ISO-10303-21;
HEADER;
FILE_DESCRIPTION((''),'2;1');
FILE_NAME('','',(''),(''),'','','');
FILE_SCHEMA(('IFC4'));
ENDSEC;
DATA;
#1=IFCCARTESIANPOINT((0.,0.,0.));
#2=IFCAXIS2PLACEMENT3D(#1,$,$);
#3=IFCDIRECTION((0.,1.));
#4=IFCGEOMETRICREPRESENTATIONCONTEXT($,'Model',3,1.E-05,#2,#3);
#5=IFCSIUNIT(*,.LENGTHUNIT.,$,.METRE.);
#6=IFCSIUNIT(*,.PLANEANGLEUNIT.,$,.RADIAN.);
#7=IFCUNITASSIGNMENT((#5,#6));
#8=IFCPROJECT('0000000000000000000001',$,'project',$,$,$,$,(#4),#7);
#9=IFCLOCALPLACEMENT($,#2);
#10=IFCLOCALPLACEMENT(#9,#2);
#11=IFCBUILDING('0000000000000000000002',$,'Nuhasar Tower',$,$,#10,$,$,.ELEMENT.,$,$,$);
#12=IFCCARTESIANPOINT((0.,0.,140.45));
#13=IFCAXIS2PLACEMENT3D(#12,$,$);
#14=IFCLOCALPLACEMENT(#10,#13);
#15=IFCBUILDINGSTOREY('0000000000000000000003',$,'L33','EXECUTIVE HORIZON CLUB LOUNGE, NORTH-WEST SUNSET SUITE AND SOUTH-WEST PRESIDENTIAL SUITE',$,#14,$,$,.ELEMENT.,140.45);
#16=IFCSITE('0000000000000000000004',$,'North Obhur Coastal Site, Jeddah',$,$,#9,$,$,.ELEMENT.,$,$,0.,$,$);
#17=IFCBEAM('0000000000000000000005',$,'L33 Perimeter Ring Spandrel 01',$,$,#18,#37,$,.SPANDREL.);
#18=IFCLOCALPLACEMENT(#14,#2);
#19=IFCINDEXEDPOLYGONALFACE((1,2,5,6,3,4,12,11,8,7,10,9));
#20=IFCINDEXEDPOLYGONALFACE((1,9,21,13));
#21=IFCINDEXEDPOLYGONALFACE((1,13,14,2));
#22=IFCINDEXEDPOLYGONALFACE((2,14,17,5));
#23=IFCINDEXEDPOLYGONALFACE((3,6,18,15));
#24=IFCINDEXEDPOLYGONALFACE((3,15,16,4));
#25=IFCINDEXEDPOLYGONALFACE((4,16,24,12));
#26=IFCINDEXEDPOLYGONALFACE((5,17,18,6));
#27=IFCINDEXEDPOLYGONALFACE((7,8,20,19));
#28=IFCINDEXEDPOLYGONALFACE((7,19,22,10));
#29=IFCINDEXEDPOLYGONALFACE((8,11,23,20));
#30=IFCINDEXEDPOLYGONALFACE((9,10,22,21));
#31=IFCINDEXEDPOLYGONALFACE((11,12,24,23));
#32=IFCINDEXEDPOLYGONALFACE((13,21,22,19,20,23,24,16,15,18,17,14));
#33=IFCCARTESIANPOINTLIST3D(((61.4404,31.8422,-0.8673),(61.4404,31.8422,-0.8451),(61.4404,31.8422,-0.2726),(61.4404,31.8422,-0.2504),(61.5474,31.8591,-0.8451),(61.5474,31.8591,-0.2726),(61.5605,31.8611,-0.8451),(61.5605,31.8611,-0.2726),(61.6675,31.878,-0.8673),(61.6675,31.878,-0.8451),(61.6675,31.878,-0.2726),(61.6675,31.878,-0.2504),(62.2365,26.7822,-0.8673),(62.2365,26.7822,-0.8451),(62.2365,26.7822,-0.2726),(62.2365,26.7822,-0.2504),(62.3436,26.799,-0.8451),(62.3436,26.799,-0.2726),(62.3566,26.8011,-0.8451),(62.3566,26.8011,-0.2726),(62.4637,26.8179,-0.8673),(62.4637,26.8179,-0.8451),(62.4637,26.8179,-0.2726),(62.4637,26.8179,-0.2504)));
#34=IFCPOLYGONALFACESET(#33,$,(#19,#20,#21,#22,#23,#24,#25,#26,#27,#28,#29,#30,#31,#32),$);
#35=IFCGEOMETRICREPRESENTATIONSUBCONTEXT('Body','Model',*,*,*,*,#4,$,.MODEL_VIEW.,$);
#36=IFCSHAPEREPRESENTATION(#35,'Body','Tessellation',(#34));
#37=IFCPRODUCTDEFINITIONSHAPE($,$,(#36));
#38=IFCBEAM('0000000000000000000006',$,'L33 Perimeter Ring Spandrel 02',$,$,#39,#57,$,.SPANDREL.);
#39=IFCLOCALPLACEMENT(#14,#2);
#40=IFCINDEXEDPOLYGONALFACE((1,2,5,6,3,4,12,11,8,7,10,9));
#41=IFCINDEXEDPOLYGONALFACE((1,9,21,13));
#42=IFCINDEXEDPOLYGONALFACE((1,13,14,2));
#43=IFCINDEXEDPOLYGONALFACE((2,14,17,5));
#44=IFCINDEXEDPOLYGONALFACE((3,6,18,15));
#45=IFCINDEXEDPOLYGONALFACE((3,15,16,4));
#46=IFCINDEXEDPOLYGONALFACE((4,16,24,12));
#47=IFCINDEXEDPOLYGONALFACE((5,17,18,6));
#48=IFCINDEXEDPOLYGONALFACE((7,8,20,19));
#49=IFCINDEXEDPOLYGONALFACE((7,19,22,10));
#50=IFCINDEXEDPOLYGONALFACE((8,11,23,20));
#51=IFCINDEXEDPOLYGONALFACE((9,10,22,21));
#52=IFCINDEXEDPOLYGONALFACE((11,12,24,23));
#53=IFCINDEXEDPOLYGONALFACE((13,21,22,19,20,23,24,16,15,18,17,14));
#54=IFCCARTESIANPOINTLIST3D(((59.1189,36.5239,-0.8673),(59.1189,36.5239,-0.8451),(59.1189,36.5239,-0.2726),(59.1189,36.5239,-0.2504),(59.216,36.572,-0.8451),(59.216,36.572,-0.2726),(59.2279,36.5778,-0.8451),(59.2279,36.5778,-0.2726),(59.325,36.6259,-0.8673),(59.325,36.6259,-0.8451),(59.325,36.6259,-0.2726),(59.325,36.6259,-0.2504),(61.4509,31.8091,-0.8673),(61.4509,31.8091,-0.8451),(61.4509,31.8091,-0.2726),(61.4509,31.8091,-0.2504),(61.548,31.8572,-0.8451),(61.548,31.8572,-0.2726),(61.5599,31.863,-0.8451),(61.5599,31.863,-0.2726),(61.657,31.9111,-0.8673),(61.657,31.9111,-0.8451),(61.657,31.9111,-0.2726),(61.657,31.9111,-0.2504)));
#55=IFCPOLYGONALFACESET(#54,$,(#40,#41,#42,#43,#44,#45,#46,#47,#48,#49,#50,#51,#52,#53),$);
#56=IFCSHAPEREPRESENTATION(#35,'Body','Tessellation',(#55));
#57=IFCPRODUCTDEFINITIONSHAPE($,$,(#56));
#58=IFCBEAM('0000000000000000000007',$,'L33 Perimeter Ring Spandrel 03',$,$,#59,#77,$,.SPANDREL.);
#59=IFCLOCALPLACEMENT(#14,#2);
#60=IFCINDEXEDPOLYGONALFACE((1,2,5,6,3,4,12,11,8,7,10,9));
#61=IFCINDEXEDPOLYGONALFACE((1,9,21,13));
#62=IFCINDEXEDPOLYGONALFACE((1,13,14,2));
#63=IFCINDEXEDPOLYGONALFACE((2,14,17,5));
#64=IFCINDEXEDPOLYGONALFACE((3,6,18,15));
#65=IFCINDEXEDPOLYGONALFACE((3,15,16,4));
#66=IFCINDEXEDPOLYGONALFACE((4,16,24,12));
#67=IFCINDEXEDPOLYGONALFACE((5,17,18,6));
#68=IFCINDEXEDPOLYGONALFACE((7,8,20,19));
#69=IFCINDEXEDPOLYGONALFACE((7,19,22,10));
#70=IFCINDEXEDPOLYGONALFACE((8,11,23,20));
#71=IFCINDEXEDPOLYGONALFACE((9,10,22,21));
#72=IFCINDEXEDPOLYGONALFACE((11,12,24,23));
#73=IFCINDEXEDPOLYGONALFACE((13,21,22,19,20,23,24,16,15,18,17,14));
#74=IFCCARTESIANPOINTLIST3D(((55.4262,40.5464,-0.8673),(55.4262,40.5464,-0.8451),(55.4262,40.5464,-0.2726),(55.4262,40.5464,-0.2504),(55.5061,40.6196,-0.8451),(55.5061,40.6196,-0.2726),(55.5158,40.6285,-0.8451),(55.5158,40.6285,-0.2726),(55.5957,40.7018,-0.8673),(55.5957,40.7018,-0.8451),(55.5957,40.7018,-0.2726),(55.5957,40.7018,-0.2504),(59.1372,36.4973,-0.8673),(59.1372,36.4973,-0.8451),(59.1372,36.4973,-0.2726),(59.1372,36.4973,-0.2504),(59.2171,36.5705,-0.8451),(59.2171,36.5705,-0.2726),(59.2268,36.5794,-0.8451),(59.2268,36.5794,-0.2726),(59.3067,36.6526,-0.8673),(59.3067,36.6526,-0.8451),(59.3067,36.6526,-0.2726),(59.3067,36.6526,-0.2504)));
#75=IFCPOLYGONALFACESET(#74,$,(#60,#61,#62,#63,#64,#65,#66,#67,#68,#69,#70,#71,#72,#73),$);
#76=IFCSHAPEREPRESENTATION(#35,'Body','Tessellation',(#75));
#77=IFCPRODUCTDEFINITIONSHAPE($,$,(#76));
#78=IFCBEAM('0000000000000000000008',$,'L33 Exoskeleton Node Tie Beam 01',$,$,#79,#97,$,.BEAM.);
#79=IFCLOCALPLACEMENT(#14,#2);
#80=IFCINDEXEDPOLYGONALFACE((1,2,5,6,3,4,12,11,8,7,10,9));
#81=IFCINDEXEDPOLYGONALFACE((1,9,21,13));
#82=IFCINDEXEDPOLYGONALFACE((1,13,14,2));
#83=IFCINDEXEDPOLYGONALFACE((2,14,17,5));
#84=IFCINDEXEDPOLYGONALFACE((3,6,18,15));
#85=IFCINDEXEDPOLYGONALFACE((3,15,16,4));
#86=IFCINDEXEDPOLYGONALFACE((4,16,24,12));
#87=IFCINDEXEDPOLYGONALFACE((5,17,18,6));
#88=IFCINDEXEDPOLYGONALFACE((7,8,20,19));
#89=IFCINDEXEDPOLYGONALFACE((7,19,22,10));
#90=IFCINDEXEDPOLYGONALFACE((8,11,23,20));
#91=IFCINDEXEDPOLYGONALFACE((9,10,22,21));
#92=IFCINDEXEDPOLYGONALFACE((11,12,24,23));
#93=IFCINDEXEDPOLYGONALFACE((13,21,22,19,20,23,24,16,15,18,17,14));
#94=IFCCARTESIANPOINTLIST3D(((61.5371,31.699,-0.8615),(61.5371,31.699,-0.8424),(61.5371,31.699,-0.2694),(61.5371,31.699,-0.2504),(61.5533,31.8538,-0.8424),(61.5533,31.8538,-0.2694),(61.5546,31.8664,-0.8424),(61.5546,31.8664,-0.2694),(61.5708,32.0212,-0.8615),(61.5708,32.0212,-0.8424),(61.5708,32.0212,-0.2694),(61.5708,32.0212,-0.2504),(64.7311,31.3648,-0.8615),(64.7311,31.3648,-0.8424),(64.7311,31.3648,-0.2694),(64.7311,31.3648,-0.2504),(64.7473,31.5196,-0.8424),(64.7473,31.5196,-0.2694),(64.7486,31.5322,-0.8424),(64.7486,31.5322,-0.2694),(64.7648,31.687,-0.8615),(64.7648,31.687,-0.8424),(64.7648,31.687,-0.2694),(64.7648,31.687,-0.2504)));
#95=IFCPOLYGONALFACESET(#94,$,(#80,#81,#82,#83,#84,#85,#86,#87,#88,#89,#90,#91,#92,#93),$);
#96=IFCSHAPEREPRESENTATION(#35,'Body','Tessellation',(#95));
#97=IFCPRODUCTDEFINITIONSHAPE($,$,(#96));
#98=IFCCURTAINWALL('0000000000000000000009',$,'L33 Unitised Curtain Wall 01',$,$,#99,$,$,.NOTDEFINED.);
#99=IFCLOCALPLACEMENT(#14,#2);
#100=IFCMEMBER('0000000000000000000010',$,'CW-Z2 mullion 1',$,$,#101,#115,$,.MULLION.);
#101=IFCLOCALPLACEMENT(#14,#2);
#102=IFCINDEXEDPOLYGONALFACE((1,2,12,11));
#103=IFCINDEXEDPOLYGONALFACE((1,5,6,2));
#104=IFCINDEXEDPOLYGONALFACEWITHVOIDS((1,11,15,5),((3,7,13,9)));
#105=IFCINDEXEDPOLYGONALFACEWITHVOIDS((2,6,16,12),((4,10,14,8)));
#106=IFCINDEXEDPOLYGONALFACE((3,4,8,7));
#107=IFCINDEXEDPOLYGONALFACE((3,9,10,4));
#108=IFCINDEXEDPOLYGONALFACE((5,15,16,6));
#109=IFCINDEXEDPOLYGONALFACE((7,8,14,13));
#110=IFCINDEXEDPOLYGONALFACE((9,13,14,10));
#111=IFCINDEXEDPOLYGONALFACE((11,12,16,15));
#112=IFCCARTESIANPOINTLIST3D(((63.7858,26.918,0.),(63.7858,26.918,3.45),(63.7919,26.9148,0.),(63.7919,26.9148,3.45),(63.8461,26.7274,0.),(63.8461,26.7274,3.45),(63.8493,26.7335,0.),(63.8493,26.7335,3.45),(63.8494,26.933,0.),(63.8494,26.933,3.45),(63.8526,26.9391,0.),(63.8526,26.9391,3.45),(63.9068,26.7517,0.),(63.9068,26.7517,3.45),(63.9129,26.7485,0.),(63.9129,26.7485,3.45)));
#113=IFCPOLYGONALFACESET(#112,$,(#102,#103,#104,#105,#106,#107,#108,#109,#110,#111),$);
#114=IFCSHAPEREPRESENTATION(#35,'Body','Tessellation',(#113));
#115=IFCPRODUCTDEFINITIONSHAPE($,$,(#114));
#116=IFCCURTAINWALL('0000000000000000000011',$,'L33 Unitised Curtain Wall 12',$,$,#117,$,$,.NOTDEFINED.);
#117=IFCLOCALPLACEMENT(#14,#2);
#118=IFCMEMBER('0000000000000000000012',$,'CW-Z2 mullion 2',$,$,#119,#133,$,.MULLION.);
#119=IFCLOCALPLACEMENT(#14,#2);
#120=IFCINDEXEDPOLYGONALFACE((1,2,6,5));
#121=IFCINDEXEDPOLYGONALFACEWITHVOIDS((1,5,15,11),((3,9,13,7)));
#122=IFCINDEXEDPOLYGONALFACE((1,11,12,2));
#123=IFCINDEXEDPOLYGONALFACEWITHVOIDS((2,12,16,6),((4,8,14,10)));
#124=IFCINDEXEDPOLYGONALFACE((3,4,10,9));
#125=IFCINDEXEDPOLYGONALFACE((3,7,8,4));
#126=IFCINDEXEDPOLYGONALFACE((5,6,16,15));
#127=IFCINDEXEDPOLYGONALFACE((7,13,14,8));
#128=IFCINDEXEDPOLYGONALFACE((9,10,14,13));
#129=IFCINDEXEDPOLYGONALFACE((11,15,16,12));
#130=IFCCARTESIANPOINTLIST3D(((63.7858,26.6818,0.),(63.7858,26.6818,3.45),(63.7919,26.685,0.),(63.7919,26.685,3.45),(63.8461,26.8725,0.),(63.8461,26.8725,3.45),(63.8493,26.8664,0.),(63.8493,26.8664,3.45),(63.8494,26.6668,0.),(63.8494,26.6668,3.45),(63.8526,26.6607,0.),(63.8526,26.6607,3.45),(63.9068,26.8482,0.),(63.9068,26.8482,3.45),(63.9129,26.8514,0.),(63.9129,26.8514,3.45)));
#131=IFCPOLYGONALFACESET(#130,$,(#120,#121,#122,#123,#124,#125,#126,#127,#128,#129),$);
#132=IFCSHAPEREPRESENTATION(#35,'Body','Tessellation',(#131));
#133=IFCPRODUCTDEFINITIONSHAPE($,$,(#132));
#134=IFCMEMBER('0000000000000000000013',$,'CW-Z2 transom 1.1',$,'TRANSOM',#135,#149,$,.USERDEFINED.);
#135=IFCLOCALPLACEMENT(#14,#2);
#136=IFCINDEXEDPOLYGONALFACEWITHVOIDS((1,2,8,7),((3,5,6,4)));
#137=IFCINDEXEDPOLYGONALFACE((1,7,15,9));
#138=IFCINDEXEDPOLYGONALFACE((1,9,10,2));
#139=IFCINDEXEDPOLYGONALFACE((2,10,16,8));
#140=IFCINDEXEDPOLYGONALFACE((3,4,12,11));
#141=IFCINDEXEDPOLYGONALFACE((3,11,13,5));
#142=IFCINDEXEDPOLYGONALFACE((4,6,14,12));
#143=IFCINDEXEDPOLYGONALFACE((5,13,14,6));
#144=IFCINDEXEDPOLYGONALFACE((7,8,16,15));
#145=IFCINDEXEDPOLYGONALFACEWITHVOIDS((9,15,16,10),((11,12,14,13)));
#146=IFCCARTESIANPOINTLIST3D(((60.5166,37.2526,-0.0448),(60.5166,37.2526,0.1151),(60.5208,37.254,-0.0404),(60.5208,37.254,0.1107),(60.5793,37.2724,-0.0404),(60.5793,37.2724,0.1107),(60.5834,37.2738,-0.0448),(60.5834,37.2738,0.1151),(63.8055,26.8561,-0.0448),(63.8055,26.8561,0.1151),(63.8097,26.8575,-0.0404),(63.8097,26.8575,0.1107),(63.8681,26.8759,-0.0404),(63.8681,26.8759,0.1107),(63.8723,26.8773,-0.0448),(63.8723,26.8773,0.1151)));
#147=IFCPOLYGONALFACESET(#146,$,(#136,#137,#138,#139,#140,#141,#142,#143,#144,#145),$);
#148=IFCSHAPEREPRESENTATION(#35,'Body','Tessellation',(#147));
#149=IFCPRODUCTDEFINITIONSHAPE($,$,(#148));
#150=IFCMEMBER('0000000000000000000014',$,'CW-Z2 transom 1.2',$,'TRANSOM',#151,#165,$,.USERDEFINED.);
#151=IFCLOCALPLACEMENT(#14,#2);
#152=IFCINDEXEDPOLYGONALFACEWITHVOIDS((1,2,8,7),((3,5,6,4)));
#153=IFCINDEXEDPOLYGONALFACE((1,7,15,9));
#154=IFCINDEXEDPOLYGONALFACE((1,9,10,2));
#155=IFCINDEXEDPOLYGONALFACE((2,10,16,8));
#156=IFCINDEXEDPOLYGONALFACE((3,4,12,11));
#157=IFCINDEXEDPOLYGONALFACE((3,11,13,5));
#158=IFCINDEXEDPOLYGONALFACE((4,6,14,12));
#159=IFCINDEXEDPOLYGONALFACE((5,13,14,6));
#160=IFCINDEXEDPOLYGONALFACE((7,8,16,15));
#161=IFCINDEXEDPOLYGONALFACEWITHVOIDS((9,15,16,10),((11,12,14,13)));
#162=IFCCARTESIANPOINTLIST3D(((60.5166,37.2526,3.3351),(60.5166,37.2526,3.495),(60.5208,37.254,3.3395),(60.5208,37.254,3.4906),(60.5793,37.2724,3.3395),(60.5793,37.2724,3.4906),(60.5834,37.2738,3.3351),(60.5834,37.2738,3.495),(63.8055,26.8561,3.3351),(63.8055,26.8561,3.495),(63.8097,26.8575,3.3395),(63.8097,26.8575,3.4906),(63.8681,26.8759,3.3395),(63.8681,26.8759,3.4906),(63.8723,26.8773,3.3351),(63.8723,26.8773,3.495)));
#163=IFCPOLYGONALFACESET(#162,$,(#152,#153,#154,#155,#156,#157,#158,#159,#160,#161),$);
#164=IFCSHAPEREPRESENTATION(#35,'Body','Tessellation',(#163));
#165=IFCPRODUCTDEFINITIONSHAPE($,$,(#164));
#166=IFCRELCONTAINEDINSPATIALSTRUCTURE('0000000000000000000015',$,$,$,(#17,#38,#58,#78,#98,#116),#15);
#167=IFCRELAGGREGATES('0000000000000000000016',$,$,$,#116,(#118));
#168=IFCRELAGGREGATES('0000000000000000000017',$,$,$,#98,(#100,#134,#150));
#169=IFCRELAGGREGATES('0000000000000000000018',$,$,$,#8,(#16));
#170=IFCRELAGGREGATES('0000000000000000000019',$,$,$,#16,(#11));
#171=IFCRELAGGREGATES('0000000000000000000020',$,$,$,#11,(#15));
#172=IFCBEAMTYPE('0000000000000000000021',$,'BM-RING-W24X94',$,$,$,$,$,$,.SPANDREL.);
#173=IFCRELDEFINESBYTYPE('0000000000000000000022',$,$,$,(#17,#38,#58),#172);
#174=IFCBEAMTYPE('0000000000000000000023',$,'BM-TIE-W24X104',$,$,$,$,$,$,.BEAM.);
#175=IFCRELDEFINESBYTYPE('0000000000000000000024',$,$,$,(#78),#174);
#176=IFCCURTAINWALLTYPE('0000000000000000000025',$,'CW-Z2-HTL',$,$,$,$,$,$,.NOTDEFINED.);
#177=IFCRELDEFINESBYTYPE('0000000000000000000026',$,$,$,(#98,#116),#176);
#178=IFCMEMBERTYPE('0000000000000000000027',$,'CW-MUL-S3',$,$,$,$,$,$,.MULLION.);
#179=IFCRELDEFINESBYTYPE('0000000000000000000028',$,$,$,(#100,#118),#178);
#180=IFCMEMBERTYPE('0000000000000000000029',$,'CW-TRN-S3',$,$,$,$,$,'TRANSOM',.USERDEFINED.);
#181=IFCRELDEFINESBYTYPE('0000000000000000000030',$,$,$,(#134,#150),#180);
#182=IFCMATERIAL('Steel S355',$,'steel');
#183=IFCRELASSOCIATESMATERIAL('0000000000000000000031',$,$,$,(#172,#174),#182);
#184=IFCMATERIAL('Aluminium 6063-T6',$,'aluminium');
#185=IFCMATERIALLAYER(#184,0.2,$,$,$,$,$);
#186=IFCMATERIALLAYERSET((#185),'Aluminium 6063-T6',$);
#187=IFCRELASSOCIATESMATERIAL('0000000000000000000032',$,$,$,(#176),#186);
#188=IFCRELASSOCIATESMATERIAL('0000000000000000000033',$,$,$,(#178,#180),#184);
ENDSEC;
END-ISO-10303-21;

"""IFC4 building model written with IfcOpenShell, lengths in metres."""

from ifc_helpers import new_model, si_unit, direction, frame, origin, origin_2d, place, context, subcontext, project, spatial, hollow_rectangle, i_section, extrude, material, layer, layer_set, material_profile, profile_set, type_object, element, aggregate, save


model = new_model("IFC4")

# Units and contexts
model_context = context("Model", 3, precision=1e-05, world=origin(), true_north=direction((0.0, 1.0)))
body_context = subcontext(model_context, "Body", "Model", "MODEL_VIEW")
ifc_project = project(units=[si_unit("LENGTHUNIT", "METRE"), si_unit("PLANEANGLEUNIT", "RADIAN")], contexts=[model_context])

# Site, building, storey
site_placement = place(None, origin())
site = spatial("IfcSite", under=ifc_project, at=site_placement, Name="North Obhur Coastal Site, Jeddah", CompositionType="ELEMENT", RefElevation=0.0)
building_placement = place(site_placement, origin())
building = spatial("IfcBuilding", under=site, at=building_placement, Name="Nuhasar Tower", CompositionType="ELEMENT")
storey_placement = place(building_placement, frame((0.0, 0.0, 140.45)))
storey = spatial("IfcBuildingStorey", under=building, at=storey_placement, Name="L33", Description="EXECUTIVE HORIZON CLUB LOUNGE, NORTH-WEST SUNSET SUITE AND SOUTH-WEST PRESIDENTIAL SUITE", CompositionType="ELEMENT", Elevation=140.45)

# Beams
ifc_material_1 = material(Name="Steel S355", Category="steel")
ifc_material_profile_1 = material_profile(ifc_material_1, i_section(OverallWidth=0.23, OverallDepth=0.6169, WebThickness=0.0132, FlangeThickness=0.0222, at=origin_2d()), Name="W24X94")
ifc_profile_set_1 = profile_set([ifc_material_profile_1], Name="Steel S355")
beam_type_1 = type_object("IfcBeamType", Name="BM-RING-W24X94", PredefinedType="SPANDREL", material=ifc_profile_set_1)
beam_1_placement = place(storey_placement, frame((62.3501, 26.8, -0.5588), z_axis=(-0.155427, 0.987847, 0.0), x_axis=(-0.987847, -0.155427, 0.0)))
element("IfcBeam", 1, at=beam_1_placement, inside=storey, type_object=beam_type_1, Name="L33 Perimeter Ring Spandrel 01", PredefinedType="SPANDREL", context=body_context, shape_type="SweptSolid", body=[
    extrude(i_section(OverallWidth=0.23, OverallDepth=0.6169, WebThickness=0.0132, FlangeThickness=0.0222, at=origin_2d()), origin(), (0.0, 0.0, 1.0), 5.1223),
])
beam_2_placement = place(storey_placement, frame((61.554, 31.8601, -0.5588), z_axis=(-0.443348, 0.89635, 0.0), x_axis=(-0.89635, -0.443348, 0.0)))
element("IfcBeam", 2, at=beam_2_placement, inside=storey, type_object=beam_type_1, Name="L33 Perimeter Ring Spandrel 02", PredefinedType="SPANDREL", context=body_context, shape_type="SweptSolid", body=[
    extrude(i_section(OverallWidth=0.23, OverallDepth=0.6169, WebThickness=0.0132, FlangeThickness=0.0222, at=origin_2d()), origin(), (0.0, 0.0, 1.0), 5.26),
])
beam_3_placement = place(storey_placement, frame((59.2219, 36.575, -0.5588), z_axis=(-0.675654, 0.737219, 0.0), x_axis=(-0.737219, -0.675654, 0.0)))
element("IfcBeam", 3, at=beam_3_placement, inside=storey, type_object=beam_type_1, Name="L33 Perimeter Ring Spandrel 03", PredefinedType="SPANDREL", context=body_context, shape_type="SweptSolid", body=[
    extrude(i_section(OverallWidth=0.23, OverallDepth=0.6169, WebThickness=0.0132, FlangeThickness=0.0222, at=origin_2d()), origin(), (0.0, 0.0, 1.0), 5.4924),
])
ifc_material_profile_2 = material_profile(ifc_material_1, i_section(OverallWidth=0.324, OverallDepth=0.6111, WebThickness=0.0127, FlangeThickness=0.019, at=origin_2d()), Name="W24X104")
ifc_profile_set_2 = profile_set([ifc_material_profile_2], Name="Steel S355")
beam_type_2 = type_object("IfcBeamType", Name="BM-TIE-W24X104", PredefinedType="BEAM", material=ifc_profile_set_2)
beam_4_placement = place(storey_placement, frame((61.554, 31.8601, -0.5559), z_axis=(0.99457, -0.104071, 0.0), x_axis=(0.104071, 0.99457, 0.0)))
element("IfcBeam", 4, at=beam_4_placement, inside=storey, type_object=beam_type_2, Name="L33 Exoskeleton Node Tie Beam 01", PredefinedType="BEAM", context=body_context, shape_type="SweptSolid", body=[
    extrude(i_section(OverallWidth=0.324, OverallDepth=0.6111, WebThickness=0.0127, FlangeThickness=0.019, at=origin_2d()), origin(), (0.0, 0.0, 1.0), 3.2114),
])

# Curtain walls, members
ifc_material_2 = material(Name="Aluminium 6063-T6", Category="aluminium")
ifc_layer_1 = layer(ifc_material_2, 0.2)
ifc_layer_set_1 = layer_set([ifc_layer_1], Name="Aluminium 6063-T6")
curtain_wall_type = type_object("IfcCurtainWallType", Name="CW-Z2-HTL", PredefinedType="NOTDEFINED", material=ifc_layer_set_1)
curtain_wall_1_placement = place(storey_placement, origin())
curtain_wall_1 = element("IfcCurtainWall", 5, at=curtain_wall_1_placement, inside=storey, type_object=curtain_wall_type, Name="L33 Unitised Curtain Wall 01", PredefinedType="NOTDEFINED")
ifc_material_profile_3 = material_profile(ifc_material_2, hollow_rectangle(XDim=0.0701, YDim=0.2, WallThickness=0.0049, at=origin_2d()), Name="CWM-3")
ifc_profile_set_3 = profile_set([ifc_material_profile_3], Name="Aluminium 6063-T6")
member_type_1 = type_object("IfcMemberType", Name="CW-MUL-S3", PredefinedType="MULLION", material=ifc_profile_set_3)
member_1_placement = place(storey_placement, frame((63.8494, 26.8333, 0.0), z_axis=(0.0, 0.0, 1.0), x_axis=(-0.953433, -0.301604, 0.0)))
member_1 = element("IfcMember", 6, at=member_1_placement, type_object=member_type_1, Name="CW-Z2 mullion 1", PredefinedType="MULLION", context=body_context, shape_type="SweptSolid", body=[
    extrude(hollow_rectangle(XDim=0.0701, YDim=0.2, WallThickness=0.0049, at=origin_2d()), origin(), (0.0, 0.0, 1.0), 3.45),
])
curtain_wall_2_placement = place(storey_placement, origin())
curtain_wall_2 = element("IfcCurtainWall", 7, at=curtain_wall_2_placement, inside=storey, type_object=curtain_wall_type, Name="L33 Unitised Curtain Wall 12", PredefinedType="NOTDEFINED")
member_2_placement = place(storey_placement, frame((63.8494, 26.7666, 0.0), z_axis=(0.0, 0.0, 1.0), x_axis=(-0.953433, 0.301604, 0.0)))
member_2 = element("IfcMember", 8, at=member_2_placement, type_object=member_type_1, Name="CW-Z2 mullion 2", PredefinedType="MULLION", context=body_context, shape_type="SweptSolid", body=[
    extrude(hollow_rectangle(XDim=0.0701, YDim=0.2, WallThickness=0.0049, at=origin_2d()), origin(), (0.0, 0.0, 1.0), 3.45),
])
aggregate(curtain_wall_2, [member_2])

# Members
ifc_material_profile_4 = material_profile(ifc_material_2, hollow_rectangle(XDim=0.0701, YDim=0.1599, WallThickness=0.0044, at=origin_2d()), Name="CWT-3")
ifc_profile_set_4 = profile_set([ifc_material_profile_4], Name="Aluminium 6063-T6")
member_type_2 = type_object("IfcMemberType", Name="CW-TRN-S3", ElementType="TRANSOM", PredefinedType="USERDEFINED", material=ifc_profile_set_4)
member_3_placement = place(storey_placement, frame((63.8389, 26.8667, 0.0352), z_axis=(-0.301608, 0.953432, 0.0), x_axis=(-0.953432, -0.301608, 0.0)))
member_3 = element("IfcMember", 9, at=member_3_placement, type_object=member_type_2, Name="CW-Z2 transom 1.1", ObjectType="TRANSOM", PredefinedType="USERDEFINED", context=body_context, shape_type="SweptSolid", body=[
    extrude(hollow_rectangle(XDim=0.0701, YDim=0.1599, WallThickness=0.0044, at=origin_2d()), origin(), (0.0, 0.0, 1.0), 10.9043),
])
member_4_placement = place(storey_placement, frame((63.8389, 26.8667, 3.415), z_axis=(-0.301608, 0.953432, 0.0), x_axis=(-0.953432, -0.301608, 0.0)))
member_4 = element("IfcMember", 10, at=member_4_placement, type_object=member_type_2, Name="CW-Z2 transom 1.2", ObjectType="TRANSOM", PredefinedType="USERDEFINED", context=body_context, shape_type="SweptSolid", body=[
    extrude(hollow_rectangle(XDim=0.0701, YDim=0.1599, WallThickness=0.0044, at=origin_2d()), origin(), (0.0, 0.0, 1.0), 10.9043),
])

aggregate(curtain_wall_1, [member_1, member_3, member_4])

save(model, "model.ifc")
